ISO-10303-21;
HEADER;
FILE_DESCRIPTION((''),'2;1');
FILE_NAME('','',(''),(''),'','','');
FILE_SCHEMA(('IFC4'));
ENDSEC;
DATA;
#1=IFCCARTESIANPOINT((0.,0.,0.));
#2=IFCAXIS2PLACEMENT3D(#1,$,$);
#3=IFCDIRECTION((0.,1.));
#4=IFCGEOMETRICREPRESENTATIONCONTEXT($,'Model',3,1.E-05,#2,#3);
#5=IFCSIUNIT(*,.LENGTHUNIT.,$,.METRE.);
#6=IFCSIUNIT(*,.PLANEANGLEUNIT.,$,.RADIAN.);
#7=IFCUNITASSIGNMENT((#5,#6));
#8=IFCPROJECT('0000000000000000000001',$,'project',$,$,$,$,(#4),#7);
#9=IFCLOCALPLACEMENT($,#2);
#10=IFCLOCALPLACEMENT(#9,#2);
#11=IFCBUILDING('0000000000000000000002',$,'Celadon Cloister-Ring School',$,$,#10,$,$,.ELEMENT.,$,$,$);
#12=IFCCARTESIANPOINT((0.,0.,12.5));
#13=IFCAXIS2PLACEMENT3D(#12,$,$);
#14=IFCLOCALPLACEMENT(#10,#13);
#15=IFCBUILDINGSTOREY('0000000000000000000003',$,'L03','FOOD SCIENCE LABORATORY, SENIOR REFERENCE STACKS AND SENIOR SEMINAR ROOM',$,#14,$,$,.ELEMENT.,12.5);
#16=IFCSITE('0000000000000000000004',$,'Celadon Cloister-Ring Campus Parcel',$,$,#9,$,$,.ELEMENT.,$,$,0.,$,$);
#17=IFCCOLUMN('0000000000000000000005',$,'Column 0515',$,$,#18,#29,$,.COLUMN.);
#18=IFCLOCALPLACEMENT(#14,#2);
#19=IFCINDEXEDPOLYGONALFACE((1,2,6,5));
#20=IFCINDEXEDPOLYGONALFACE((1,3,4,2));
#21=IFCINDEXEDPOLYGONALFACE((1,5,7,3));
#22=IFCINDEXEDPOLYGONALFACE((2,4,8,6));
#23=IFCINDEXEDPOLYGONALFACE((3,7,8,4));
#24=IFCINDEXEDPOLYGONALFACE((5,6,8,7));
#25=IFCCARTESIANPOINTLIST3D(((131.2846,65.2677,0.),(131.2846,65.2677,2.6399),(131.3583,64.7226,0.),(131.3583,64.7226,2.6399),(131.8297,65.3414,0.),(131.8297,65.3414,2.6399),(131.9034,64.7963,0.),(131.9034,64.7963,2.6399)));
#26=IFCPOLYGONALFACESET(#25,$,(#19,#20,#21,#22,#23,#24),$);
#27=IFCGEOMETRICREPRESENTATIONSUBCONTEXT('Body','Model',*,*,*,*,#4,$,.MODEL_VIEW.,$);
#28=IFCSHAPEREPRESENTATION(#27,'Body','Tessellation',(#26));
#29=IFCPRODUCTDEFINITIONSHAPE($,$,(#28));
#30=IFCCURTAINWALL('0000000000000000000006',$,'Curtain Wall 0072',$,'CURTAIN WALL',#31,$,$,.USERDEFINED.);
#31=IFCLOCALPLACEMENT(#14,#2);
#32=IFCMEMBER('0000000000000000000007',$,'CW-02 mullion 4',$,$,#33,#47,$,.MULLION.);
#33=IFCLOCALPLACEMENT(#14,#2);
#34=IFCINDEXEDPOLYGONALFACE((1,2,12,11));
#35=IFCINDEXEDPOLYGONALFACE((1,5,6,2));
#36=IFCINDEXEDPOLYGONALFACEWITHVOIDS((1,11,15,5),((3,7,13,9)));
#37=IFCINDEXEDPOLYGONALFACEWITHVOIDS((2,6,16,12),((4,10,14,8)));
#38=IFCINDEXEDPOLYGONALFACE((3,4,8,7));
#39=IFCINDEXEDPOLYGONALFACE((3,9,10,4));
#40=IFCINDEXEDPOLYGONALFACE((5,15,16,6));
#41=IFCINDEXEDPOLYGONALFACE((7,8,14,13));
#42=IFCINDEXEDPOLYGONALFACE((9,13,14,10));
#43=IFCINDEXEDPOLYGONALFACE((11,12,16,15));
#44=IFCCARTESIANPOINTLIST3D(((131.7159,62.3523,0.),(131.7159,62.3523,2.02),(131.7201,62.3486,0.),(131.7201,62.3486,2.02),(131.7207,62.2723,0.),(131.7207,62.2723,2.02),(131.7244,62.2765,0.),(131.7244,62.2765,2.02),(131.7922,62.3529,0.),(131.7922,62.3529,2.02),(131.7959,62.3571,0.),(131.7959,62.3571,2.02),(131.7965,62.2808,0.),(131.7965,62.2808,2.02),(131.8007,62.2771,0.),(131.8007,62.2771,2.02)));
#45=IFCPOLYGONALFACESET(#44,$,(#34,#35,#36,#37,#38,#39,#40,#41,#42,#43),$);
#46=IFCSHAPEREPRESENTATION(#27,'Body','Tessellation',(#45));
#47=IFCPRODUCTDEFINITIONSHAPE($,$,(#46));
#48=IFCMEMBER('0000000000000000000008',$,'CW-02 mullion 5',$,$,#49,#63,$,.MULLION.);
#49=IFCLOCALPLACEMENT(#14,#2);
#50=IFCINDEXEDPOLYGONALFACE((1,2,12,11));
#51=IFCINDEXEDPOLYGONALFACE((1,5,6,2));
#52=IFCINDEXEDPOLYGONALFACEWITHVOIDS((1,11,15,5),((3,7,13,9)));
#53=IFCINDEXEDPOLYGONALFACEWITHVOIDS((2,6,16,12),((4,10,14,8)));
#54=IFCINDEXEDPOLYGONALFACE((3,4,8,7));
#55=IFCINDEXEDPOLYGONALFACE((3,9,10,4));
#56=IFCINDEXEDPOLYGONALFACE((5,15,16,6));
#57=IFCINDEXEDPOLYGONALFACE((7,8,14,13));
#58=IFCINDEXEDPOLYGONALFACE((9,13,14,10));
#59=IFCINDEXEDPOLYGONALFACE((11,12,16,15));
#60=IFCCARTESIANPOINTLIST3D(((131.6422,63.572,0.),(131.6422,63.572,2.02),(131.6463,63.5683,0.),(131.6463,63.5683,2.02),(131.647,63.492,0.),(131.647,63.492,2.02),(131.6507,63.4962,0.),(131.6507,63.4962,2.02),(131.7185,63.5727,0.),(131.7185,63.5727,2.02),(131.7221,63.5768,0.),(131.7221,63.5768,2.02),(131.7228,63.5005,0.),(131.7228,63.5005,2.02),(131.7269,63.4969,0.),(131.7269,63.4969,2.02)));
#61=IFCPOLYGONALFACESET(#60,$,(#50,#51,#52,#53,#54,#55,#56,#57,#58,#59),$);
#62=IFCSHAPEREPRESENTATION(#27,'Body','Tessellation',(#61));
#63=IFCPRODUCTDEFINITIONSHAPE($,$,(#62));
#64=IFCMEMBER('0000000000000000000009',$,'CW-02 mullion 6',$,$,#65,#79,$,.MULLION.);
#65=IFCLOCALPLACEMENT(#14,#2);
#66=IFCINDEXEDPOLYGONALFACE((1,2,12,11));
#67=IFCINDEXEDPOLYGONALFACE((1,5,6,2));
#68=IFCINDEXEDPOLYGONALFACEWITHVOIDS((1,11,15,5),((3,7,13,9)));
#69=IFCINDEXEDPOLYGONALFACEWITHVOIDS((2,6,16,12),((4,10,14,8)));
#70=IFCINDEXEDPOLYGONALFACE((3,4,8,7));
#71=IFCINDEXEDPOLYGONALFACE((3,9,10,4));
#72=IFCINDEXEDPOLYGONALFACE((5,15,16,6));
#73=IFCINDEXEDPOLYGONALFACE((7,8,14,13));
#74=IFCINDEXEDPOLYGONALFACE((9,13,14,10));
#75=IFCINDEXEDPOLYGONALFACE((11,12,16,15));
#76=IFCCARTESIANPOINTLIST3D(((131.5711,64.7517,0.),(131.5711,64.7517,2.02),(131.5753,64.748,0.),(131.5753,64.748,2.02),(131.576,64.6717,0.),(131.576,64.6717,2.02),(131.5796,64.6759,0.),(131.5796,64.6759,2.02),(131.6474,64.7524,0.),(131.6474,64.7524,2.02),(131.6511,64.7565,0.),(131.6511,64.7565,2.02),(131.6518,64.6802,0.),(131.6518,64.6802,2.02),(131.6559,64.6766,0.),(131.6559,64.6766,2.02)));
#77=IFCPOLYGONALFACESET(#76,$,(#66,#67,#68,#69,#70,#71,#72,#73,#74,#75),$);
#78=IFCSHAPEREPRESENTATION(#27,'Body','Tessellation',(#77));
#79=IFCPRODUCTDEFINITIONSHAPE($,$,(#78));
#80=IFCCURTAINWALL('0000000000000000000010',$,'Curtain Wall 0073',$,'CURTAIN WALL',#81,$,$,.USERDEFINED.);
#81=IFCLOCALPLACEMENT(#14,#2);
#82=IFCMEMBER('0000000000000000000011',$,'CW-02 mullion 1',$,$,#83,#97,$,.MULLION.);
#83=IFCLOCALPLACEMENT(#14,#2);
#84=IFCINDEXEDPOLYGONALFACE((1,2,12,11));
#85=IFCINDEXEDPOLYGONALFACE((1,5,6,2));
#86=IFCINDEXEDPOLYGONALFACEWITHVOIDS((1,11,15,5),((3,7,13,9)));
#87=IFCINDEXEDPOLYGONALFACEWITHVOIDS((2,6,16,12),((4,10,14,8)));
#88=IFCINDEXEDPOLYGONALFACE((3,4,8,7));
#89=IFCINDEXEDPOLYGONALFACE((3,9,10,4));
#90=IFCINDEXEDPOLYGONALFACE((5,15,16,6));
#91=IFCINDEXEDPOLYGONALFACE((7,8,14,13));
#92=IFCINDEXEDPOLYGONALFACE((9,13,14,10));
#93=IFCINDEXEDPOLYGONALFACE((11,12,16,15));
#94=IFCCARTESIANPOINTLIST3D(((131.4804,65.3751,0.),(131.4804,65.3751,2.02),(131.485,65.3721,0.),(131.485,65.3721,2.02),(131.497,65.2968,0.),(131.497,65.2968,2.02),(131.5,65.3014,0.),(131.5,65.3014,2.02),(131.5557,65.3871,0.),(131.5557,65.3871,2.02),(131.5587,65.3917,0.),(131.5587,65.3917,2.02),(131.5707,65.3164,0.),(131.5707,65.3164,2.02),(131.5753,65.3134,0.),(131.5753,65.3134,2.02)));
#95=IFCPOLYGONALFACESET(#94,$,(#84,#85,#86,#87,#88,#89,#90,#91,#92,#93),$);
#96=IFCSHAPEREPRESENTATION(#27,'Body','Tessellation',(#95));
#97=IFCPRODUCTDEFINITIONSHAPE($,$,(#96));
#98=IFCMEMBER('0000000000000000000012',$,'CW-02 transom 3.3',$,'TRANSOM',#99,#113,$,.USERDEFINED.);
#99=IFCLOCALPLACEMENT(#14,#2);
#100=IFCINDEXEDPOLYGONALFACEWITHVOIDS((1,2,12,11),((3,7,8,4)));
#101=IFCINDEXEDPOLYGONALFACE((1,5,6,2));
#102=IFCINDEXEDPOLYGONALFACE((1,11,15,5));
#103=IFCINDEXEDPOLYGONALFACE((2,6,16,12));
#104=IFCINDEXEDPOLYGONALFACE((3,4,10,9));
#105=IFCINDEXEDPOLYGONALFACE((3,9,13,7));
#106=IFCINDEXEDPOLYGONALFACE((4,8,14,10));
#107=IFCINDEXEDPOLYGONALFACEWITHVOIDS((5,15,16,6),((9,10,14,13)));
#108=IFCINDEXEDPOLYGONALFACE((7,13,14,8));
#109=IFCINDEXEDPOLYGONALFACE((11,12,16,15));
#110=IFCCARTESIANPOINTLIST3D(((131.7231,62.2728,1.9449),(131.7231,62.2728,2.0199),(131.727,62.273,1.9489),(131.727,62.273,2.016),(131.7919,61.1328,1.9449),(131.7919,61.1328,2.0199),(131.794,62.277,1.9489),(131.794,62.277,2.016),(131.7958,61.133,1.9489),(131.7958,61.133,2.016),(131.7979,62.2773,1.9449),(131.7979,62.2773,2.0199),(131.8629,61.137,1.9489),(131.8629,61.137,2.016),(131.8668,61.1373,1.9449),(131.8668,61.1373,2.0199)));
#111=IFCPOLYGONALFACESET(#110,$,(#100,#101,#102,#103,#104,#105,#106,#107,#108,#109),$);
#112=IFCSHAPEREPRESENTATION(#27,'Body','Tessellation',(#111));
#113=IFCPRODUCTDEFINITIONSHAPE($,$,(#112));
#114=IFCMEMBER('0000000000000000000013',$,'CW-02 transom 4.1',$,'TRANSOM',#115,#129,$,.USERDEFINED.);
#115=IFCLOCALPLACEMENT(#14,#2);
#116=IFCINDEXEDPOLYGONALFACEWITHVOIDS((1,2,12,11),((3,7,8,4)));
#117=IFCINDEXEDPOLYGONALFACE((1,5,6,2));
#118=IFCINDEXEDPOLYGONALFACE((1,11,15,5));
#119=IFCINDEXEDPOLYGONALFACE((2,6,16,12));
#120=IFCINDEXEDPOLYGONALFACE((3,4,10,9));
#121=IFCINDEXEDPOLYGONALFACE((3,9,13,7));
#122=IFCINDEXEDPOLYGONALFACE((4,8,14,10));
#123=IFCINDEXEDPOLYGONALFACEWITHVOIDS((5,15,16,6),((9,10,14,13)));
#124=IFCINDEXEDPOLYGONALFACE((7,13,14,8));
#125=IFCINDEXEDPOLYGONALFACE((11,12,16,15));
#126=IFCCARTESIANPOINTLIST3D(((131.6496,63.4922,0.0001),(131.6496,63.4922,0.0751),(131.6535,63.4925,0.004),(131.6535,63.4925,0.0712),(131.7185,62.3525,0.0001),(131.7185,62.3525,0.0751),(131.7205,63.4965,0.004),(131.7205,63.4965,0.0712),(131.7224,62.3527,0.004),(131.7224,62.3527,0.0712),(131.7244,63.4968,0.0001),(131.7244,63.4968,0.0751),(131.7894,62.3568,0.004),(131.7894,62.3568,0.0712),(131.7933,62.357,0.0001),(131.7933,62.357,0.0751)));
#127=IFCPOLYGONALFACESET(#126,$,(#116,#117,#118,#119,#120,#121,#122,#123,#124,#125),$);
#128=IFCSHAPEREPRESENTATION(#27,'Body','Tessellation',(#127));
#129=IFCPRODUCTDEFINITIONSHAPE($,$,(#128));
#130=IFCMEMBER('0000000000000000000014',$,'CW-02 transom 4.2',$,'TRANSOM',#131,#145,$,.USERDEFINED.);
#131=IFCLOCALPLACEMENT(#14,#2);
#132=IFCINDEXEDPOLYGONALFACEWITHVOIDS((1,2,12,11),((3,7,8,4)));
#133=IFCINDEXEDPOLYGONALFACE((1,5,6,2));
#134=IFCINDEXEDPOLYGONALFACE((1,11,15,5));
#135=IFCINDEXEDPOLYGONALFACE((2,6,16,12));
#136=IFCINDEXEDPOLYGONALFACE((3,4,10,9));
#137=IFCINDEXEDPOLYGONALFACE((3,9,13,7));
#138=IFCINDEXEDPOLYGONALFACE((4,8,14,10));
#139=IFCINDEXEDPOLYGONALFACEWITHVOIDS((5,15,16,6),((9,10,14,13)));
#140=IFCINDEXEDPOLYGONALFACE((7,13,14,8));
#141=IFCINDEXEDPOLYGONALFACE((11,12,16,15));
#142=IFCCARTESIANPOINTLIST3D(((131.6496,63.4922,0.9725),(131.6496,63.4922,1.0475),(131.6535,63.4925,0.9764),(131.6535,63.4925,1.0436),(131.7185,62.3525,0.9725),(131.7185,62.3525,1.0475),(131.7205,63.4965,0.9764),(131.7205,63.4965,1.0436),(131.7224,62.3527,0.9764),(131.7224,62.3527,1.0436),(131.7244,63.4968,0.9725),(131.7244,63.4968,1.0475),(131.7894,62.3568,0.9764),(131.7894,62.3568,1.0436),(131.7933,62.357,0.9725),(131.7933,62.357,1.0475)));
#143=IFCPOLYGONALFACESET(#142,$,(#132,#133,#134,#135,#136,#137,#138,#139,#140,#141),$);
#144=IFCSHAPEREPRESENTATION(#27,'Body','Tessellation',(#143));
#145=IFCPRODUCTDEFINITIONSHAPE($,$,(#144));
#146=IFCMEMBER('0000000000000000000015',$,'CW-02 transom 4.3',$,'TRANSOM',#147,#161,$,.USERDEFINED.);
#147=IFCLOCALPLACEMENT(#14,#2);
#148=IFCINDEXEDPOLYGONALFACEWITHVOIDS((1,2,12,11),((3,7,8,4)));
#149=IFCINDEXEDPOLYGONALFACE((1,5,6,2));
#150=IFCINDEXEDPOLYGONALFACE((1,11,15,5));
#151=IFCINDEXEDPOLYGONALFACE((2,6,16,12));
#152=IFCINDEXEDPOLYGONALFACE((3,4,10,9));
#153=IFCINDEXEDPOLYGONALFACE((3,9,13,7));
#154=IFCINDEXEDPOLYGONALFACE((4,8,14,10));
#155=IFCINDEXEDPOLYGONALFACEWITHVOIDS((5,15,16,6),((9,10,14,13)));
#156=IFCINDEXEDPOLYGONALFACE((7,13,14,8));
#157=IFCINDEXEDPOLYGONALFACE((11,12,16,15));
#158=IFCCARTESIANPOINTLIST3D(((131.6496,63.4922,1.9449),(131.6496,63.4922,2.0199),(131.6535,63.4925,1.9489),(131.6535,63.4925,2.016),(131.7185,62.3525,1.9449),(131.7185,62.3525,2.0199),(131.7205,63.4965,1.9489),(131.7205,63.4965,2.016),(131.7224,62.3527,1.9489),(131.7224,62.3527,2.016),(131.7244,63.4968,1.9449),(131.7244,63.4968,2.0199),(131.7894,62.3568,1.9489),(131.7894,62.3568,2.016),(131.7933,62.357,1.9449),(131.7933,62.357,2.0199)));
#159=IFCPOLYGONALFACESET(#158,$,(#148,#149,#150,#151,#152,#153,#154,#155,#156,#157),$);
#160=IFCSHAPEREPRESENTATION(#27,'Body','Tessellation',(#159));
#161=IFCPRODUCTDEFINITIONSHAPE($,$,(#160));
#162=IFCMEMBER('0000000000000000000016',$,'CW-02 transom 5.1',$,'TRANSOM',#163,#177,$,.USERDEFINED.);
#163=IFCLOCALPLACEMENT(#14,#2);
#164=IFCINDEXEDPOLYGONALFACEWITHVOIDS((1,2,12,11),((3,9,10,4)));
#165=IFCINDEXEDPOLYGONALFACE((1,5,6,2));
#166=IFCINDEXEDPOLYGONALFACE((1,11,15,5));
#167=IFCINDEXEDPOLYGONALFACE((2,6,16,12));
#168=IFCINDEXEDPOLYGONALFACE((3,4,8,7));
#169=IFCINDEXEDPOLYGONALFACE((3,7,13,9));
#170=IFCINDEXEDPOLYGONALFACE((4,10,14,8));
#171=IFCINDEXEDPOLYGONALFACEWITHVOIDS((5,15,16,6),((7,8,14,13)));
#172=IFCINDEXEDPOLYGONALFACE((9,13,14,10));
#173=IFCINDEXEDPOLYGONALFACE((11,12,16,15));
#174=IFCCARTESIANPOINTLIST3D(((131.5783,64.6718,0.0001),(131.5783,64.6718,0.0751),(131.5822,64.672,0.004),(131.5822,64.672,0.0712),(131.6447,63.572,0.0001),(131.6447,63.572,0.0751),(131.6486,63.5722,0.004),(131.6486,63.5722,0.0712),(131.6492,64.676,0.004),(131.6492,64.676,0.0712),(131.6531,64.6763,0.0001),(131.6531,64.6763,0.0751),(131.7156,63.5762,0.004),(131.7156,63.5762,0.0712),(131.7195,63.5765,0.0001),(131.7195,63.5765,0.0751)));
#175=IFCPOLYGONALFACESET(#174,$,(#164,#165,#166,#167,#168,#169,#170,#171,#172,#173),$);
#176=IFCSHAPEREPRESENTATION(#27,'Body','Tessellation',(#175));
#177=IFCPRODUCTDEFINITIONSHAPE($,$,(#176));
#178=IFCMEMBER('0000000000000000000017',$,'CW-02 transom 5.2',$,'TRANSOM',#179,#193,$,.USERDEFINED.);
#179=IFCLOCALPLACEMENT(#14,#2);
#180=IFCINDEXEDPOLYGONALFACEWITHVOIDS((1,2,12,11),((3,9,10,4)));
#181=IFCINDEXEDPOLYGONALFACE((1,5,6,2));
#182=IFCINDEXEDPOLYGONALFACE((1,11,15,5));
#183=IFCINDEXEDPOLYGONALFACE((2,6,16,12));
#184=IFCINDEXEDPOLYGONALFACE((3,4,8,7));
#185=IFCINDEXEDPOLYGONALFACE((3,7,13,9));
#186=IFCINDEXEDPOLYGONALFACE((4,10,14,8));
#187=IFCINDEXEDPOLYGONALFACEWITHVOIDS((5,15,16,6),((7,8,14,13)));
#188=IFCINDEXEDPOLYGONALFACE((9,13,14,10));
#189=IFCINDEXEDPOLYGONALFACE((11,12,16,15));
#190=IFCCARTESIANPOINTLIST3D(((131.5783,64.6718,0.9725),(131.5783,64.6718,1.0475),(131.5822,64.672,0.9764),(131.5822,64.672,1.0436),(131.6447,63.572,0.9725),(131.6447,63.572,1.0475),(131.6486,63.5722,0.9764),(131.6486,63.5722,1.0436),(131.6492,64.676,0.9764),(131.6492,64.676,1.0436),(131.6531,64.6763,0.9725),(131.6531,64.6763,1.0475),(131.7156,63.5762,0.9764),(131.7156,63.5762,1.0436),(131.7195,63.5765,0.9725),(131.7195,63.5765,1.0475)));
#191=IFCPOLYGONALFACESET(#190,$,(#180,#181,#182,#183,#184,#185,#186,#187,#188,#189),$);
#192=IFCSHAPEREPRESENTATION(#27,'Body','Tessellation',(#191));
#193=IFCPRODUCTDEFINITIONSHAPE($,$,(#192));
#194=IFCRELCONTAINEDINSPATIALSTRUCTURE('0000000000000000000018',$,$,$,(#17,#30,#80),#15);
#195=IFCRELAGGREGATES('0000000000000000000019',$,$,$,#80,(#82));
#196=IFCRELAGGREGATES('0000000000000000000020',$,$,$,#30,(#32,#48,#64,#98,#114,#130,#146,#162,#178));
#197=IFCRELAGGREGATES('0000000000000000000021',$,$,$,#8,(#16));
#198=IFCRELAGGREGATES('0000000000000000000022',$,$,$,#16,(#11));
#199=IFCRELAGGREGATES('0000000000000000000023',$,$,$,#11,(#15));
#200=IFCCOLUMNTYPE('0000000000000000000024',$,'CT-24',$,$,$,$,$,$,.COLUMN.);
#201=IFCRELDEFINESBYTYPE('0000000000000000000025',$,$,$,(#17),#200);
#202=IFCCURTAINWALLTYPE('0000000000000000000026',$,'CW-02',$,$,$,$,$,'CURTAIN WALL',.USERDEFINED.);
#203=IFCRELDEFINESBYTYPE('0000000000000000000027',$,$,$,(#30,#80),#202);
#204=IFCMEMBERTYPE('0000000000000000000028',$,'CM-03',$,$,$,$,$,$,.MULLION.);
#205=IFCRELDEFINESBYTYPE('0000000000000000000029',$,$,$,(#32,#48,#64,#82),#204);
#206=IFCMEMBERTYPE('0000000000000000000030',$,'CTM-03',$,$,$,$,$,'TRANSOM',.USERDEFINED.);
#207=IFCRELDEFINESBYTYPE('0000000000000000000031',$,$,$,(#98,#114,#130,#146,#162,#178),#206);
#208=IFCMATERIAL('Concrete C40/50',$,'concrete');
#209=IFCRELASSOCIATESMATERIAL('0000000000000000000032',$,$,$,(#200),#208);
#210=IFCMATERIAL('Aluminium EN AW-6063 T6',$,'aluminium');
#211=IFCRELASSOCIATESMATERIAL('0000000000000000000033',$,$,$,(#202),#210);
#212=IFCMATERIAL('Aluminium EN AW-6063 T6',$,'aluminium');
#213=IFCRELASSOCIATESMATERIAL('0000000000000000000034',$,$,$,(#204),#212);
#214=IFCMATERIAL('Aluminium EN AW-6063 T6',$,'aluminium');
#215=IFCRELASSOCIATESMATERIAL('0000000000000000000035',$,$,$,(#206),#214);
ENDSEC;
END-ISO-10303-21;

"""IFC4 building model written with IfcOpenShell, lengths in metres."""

from ifc_helpers import new_model, si_unit, direction, frame, origin, origin_2d, place, context, subcontext, project, spatial, rectangle, hollow_rectangle, extrude, material, material_profile, profile_set, type_object, element, aggregate, save


model = new_model("IFC4")

# Units and contexts
model_context = context("Model", 3, precision=1e-05, world=origin(), true_north=direction((0.0, 1.0)))
body_context = subcontext(model_context, "Body", "Model", "MODEL_VIEW")
ifc_project = project(units=[si_unit("LENGTHUNIT", "METRE"), si_unit("PLANEANGLEUNIT", "RADIAN")], contexts=[model_context])

# Site, building, storey
site_placement = place(None, origin())
site = spatial("IfcSite", under=ifc_project, at=site_placement, Name="Celadon Cloister-Ring Campus Parcel", CompositionType="ELEMENT", RefElevation=0.0)
building_placement = place(site_placement, origin())
building = spatial("IfcBuilding", under=site, at=building_placement, Name="Celadon Cloister-Ring School", CompositionType="ELEMENT")
storey_placement = place(building_placement, frame((0.0, 0.0, 12.5)))
storey = spatial("IfcBuildingStorey", under=building, at=storey_placement, Name="L03", Description="FOOD SCIENCE LABORATORY, SENIOR REFERENCE STACKS AND SENIOR SEMINAR ROOM", CompositionType="ELEMENT", Elevation=12.5)

# Column
ifc_material_1 = material(Name="Concrete C40/50", Category="concrete")
ifc_material_profile_1 = material_profile(ifc_material_1, rectangle(XDim=0.55, YDim=0.55, at=origin_2d()), Name="RC550X550")
ifc_profile_set_1 = profile_set([ifc_material_profile_1], Name="Concrete C40/50")
column_type = type_object("IfcColumnType", Name="CT-24", PredefinedType="COLUMN", material=ifc_profile_set_1)
column_placement = place(storey_placement, frame((131.594, 65.032, 0.0), z_axis=(0.0, 0.0, 1.0), x_axis=(0.990974, 0.134055, 0.0)))
element("IfcColumn", 1, at=column_placement, inside=storey, type_object=column_type, Name="Column 0515", PredefinedType="COLUMN", context=body_context, shape_type="SweptSolid", body=[
    extrude(rectangle(XDim=0.55, YDim=0.55, at=origin_2d()), origin(), (0.0, 0.0, 1.0), 2.6399),
])

# Curtain wall, members
ifc_material_2 = material(Name="Aluminium EN AW-6063 T6", Category="aluminium")
curtain_wall_type = type_object("IfcCurtainWallType", Name="CW-02", ElementType="CURTAIN WALL", PredefinedType="USERDEFINED", material=ifc_material_2)
curtain_wall_1_placement = place(storey_placement, origin())
curtain_wall_1 = element("IfcCurtainWall", 2, at=curtain_wall_1_placement, inside=storey, type_object=curtain_wall_type, Name="Curtain Wall 0072", ObjectType="CURTAIN WALL", PredefinedType="USERDEFINED")
ifc_material_3 = material(Name="Aluminium EN AW-6063 T6", Category="aluminium")
ifc_material_profile_2 = material_profile(ifc_material_3, hollow_rectangle(XDim=0.0801, YDim=0.0801, WallThickness=0.0039, at=origin_2d()), Name="RHS80X80X4")
ifc_profile_set_2 = profile_set([ifc_material_profile_2], Name="Aluminium EN AW-6063 T6")
member_type_1 = type_object("IfcMemberType", Name="CM-03", PredefinedType="MULLION", material=ifc_profile_set_2)
member_1_placement = place(storey_placement, frame((131.7583, 62.3147, 0.0), z_axis=(0.0, 0.0, 1.0), x_axis=(-0.998184, -0.060238, 0.0)))
member_1 = element("IfcMember", 3, at=member_1_placement, type_object=member_type_1, Name="CW-02 mullion 4", PredefinedType="MULLION", context=body_context, shape_type="SweptSolid", body=[
    extrude(hollow_rectangle(XDim=0.0801, YDim=0.0801, WallThickness=0.0039, at=origin_2d()), origin(), (0.0, 0.0, 1.0), 2.02),
])
member_2_placement = place(storey_placement, frame((131.6846, 63.5344, 0.0), z_axis=(0.0, 0.0, 1.0), x_axis=(-0.998184, -0.060238, 0.0)))
member_2 = element("IfcMember", 4, at=member_2_placement, type_object=member_type_1, Name="CW-02 mullion 5", PredefinedType="MULLION", context=body_context, shape_type="SweptSolid", body=[
    extrude(hollow_rectangle(XDim=0.0801, YDim=0.0801, WallThickness=0.0039, at=origin_2d()), origin(), (0.0, 0.0, 1.0), 2.02),
])
member_3_placement = place(storey_placement, frame((131.6135, 64.7141, 0.0), z_axis=(0.0, 0.0, 1.0), x_axis=(-0.998184, -0.060238, 0.0)))
member_3 = element("IfcMember", 5, at=member_3_placement, type_object=member_type_1, Name="CW-02 mullion 6", PredefinedType="MULLION", context=body_context, shape_type="SweptSolid", body=[
    extrude(hollow_rectangle(XDim=0.0801, YDim=0.0801, WallThickness=0.0039, at=origin_2d()), origin(), (0.0, 0.0, 1.0), 2.02),
])

# Curtain wall, member
curtain_wall_2_placement = place(storey_placement, origin())
curtain_wall_2 = element("IfcCurtainWall", 6, at=curtain_wall_2_placement, inside=storey, type_object=curtain_wall_type, Name="Curtain Wall 0073", ObjectType="CURTAIN WALL", PredefinedType="USERDEFINED")
member_4_placement = place(storey_placement, frame((131.5278, 65.3442, 0.0), z_axis=(0.0, 0.0, 1.0), x_axis=(-0.978329, -0.207058, 0.0)))
member_4 = element("IfcMember", 7, at=member_4_placement, type_object=member_type_1, Name="CW-02 mullion 1", PredefinedType="MULLION", context=body_context, shape_type="SweptSolid", body=[
    extrude(hollow_rectangle(XDim=0.0801, YDim=0.0801, WallThickness=0.0039, at=origin_2d()), origin(), (0.0, 0.0, 1.0), 2.02),
])

# Members
ifc_material_4 = material(Name="Aluminium EN AW-6063 T6", Category="aluminium")
ifc_material_profile_3 = material_profile(ifc_material_4, hollow_rectangle(XDim=0.075, YDim=0.075, WallThickness=0.0039, at=origin_2d()), Name="RHS75X75X4")
ifc_profile_set_3 = profile_set([ifc_material_profile_3], Name="Aluminium EN AW-6063 T6")
member_type_2 = type_object("IfcMemberType", Name="CTM-03", ElementType="TRANSOM", PredefinedType="USERDEFINED", material=ifc_profile_set_3)
member_5_placement = place(storey_placement, frame((131.8293, 61.135, 1.9824), z_axis=(-0.060289, 0.998181, 0.0), x_axis=(-0.998181, -0.060289, 0.0)))
member_5 = element("IfcMember", 8, at=member_5_placement, type_object=member_type_2, Name="CW-02 transom 3.3", ObjectType="TRANSOM", PredefinedType="USERDEFINED", context=body_context, shape_type="SweptSolid", body=[
    extrude(hollow_rectangle(XDim=0.075, YDim=0.075, WallThickness=0.0039, at=origin_2d()), origin(), (0.0, 0.0, 1.0), 1.1421),
])
member_6_placement = place(storey_placement, frame((131.7559, 62.3547, 0.0376), z_axis=(-0.060301, 0.99818, 0.0), x_axis=(-0.99818, -0.060301, 0.0)))
member_6 = element("IfcMember", 9, at=member_6_placement, type_object=member_type_2, Name="CW-02 transom 4.1", ObjectType="TRANSOM", PredefinedType="USERDEFINED", context=body_context, shape_type="SweptSolid", body=[
    extrude(hollow_rectangle(XDim=0.075, YDim=0.075, WallThickness=0.0039, at=origin_2d()), origin(), (0.0, 0.0, 1.0), 1.1418),
])
member_7_placement = place(storey_placement, frame((131.7559, 62.3547, 1.01), z_axis=(-0.060301, 0.99818, 0.0), x_axis=(-0.99818, -0.060301, 0.0)))
member_7 = element("IfcMember", 10, at=member_7_placement, type_object=member_type_2, Name="CW-02 transom 4.2", ObjectType="TRANSOM", PredefinedType="USERDEFINED", context=body_context, shape_type="SweptSolid", body=[
    extrude(hollow_rectangle(XDim=0.075, YDim=0.075, WallThickness=0.0039, at=origin_2d()), origin(), (0.0, 0.0, 1.0), 1.1418),
])
member_8_placement = place(storey_placement, frame((131.7559, 62.3547, 1.9824), z_axis=(-0.060301, 0.99818, 0.0), x_axis=(-0.99818, -0.060301, 0.0)))
member_8 = element("IfcMember", 11, at=member_8_placement, type_object=member_type_2, Name="CW-02 transom 4.3", ObjectType="TRANSOM", PredefinedType="USERDEFINED", context=body_context, shape_type="SweptSolid", body=[
    extrude(hollow_rectangle(XDim=0.075, YDim=0.075, WallThickness=0.0039, at=origin_2d()), origin(), (0.0, 0.0, 1.0), 1.1418),
])
member_9_placement = place(storey_placement, frame((131.6821, 63.5742, 0.0376), z_axis=(-0.060268, 0.998182, 0.0), x_axis=(-0.998182, -0.060268, 0.0)))
member_9 = element("IfcMember", 12, at=member_9_placement, type_object=member_type_2, Name="CW-02 transom 5.1", ObjectType="TRANSOM", PredefinedType="USERDEFINED", context=body_context, shape_type="SweptSolid", body=[
    extrude(hollow_rectangle(XDim=0.075, YDim=0.075, WallThickness=0.0039, at=origin_2d()), origin(), (0.0, 0.0, 1.0), 1.1018),
])
member_10_placement = place(storey_placement, frame((131.6821, 63.5742, 1.01), z_axis=(-0.060268, 0.998182, 0.0), x_axis=(-0.998182, -0.060268, 0.0)))
member_10 = element("IfcMember", 13, at=member_10_placement, type_object=member_type_2, Name="CW-02 transom 5.2", ObjectType="TRANSOM", PredefinedType="USERDEFINED", context=body_context, shape_type="SweptSolid", body=[
    extrude(hollow_rectangle(XDim=0.075, YDim=0.075, WallThickness=0.0039, at=origin_2d()), origin(), (0.0, 0.0, 1.0), 1.1018),
])
aggregate(curtain_wall_2, [member_4])

aggregate(curtain_wall_1, [member_1, member_2, member_3, member_5, member_6, member_7, member_8, member_9, member_10])

save(model, "model.ifc")
